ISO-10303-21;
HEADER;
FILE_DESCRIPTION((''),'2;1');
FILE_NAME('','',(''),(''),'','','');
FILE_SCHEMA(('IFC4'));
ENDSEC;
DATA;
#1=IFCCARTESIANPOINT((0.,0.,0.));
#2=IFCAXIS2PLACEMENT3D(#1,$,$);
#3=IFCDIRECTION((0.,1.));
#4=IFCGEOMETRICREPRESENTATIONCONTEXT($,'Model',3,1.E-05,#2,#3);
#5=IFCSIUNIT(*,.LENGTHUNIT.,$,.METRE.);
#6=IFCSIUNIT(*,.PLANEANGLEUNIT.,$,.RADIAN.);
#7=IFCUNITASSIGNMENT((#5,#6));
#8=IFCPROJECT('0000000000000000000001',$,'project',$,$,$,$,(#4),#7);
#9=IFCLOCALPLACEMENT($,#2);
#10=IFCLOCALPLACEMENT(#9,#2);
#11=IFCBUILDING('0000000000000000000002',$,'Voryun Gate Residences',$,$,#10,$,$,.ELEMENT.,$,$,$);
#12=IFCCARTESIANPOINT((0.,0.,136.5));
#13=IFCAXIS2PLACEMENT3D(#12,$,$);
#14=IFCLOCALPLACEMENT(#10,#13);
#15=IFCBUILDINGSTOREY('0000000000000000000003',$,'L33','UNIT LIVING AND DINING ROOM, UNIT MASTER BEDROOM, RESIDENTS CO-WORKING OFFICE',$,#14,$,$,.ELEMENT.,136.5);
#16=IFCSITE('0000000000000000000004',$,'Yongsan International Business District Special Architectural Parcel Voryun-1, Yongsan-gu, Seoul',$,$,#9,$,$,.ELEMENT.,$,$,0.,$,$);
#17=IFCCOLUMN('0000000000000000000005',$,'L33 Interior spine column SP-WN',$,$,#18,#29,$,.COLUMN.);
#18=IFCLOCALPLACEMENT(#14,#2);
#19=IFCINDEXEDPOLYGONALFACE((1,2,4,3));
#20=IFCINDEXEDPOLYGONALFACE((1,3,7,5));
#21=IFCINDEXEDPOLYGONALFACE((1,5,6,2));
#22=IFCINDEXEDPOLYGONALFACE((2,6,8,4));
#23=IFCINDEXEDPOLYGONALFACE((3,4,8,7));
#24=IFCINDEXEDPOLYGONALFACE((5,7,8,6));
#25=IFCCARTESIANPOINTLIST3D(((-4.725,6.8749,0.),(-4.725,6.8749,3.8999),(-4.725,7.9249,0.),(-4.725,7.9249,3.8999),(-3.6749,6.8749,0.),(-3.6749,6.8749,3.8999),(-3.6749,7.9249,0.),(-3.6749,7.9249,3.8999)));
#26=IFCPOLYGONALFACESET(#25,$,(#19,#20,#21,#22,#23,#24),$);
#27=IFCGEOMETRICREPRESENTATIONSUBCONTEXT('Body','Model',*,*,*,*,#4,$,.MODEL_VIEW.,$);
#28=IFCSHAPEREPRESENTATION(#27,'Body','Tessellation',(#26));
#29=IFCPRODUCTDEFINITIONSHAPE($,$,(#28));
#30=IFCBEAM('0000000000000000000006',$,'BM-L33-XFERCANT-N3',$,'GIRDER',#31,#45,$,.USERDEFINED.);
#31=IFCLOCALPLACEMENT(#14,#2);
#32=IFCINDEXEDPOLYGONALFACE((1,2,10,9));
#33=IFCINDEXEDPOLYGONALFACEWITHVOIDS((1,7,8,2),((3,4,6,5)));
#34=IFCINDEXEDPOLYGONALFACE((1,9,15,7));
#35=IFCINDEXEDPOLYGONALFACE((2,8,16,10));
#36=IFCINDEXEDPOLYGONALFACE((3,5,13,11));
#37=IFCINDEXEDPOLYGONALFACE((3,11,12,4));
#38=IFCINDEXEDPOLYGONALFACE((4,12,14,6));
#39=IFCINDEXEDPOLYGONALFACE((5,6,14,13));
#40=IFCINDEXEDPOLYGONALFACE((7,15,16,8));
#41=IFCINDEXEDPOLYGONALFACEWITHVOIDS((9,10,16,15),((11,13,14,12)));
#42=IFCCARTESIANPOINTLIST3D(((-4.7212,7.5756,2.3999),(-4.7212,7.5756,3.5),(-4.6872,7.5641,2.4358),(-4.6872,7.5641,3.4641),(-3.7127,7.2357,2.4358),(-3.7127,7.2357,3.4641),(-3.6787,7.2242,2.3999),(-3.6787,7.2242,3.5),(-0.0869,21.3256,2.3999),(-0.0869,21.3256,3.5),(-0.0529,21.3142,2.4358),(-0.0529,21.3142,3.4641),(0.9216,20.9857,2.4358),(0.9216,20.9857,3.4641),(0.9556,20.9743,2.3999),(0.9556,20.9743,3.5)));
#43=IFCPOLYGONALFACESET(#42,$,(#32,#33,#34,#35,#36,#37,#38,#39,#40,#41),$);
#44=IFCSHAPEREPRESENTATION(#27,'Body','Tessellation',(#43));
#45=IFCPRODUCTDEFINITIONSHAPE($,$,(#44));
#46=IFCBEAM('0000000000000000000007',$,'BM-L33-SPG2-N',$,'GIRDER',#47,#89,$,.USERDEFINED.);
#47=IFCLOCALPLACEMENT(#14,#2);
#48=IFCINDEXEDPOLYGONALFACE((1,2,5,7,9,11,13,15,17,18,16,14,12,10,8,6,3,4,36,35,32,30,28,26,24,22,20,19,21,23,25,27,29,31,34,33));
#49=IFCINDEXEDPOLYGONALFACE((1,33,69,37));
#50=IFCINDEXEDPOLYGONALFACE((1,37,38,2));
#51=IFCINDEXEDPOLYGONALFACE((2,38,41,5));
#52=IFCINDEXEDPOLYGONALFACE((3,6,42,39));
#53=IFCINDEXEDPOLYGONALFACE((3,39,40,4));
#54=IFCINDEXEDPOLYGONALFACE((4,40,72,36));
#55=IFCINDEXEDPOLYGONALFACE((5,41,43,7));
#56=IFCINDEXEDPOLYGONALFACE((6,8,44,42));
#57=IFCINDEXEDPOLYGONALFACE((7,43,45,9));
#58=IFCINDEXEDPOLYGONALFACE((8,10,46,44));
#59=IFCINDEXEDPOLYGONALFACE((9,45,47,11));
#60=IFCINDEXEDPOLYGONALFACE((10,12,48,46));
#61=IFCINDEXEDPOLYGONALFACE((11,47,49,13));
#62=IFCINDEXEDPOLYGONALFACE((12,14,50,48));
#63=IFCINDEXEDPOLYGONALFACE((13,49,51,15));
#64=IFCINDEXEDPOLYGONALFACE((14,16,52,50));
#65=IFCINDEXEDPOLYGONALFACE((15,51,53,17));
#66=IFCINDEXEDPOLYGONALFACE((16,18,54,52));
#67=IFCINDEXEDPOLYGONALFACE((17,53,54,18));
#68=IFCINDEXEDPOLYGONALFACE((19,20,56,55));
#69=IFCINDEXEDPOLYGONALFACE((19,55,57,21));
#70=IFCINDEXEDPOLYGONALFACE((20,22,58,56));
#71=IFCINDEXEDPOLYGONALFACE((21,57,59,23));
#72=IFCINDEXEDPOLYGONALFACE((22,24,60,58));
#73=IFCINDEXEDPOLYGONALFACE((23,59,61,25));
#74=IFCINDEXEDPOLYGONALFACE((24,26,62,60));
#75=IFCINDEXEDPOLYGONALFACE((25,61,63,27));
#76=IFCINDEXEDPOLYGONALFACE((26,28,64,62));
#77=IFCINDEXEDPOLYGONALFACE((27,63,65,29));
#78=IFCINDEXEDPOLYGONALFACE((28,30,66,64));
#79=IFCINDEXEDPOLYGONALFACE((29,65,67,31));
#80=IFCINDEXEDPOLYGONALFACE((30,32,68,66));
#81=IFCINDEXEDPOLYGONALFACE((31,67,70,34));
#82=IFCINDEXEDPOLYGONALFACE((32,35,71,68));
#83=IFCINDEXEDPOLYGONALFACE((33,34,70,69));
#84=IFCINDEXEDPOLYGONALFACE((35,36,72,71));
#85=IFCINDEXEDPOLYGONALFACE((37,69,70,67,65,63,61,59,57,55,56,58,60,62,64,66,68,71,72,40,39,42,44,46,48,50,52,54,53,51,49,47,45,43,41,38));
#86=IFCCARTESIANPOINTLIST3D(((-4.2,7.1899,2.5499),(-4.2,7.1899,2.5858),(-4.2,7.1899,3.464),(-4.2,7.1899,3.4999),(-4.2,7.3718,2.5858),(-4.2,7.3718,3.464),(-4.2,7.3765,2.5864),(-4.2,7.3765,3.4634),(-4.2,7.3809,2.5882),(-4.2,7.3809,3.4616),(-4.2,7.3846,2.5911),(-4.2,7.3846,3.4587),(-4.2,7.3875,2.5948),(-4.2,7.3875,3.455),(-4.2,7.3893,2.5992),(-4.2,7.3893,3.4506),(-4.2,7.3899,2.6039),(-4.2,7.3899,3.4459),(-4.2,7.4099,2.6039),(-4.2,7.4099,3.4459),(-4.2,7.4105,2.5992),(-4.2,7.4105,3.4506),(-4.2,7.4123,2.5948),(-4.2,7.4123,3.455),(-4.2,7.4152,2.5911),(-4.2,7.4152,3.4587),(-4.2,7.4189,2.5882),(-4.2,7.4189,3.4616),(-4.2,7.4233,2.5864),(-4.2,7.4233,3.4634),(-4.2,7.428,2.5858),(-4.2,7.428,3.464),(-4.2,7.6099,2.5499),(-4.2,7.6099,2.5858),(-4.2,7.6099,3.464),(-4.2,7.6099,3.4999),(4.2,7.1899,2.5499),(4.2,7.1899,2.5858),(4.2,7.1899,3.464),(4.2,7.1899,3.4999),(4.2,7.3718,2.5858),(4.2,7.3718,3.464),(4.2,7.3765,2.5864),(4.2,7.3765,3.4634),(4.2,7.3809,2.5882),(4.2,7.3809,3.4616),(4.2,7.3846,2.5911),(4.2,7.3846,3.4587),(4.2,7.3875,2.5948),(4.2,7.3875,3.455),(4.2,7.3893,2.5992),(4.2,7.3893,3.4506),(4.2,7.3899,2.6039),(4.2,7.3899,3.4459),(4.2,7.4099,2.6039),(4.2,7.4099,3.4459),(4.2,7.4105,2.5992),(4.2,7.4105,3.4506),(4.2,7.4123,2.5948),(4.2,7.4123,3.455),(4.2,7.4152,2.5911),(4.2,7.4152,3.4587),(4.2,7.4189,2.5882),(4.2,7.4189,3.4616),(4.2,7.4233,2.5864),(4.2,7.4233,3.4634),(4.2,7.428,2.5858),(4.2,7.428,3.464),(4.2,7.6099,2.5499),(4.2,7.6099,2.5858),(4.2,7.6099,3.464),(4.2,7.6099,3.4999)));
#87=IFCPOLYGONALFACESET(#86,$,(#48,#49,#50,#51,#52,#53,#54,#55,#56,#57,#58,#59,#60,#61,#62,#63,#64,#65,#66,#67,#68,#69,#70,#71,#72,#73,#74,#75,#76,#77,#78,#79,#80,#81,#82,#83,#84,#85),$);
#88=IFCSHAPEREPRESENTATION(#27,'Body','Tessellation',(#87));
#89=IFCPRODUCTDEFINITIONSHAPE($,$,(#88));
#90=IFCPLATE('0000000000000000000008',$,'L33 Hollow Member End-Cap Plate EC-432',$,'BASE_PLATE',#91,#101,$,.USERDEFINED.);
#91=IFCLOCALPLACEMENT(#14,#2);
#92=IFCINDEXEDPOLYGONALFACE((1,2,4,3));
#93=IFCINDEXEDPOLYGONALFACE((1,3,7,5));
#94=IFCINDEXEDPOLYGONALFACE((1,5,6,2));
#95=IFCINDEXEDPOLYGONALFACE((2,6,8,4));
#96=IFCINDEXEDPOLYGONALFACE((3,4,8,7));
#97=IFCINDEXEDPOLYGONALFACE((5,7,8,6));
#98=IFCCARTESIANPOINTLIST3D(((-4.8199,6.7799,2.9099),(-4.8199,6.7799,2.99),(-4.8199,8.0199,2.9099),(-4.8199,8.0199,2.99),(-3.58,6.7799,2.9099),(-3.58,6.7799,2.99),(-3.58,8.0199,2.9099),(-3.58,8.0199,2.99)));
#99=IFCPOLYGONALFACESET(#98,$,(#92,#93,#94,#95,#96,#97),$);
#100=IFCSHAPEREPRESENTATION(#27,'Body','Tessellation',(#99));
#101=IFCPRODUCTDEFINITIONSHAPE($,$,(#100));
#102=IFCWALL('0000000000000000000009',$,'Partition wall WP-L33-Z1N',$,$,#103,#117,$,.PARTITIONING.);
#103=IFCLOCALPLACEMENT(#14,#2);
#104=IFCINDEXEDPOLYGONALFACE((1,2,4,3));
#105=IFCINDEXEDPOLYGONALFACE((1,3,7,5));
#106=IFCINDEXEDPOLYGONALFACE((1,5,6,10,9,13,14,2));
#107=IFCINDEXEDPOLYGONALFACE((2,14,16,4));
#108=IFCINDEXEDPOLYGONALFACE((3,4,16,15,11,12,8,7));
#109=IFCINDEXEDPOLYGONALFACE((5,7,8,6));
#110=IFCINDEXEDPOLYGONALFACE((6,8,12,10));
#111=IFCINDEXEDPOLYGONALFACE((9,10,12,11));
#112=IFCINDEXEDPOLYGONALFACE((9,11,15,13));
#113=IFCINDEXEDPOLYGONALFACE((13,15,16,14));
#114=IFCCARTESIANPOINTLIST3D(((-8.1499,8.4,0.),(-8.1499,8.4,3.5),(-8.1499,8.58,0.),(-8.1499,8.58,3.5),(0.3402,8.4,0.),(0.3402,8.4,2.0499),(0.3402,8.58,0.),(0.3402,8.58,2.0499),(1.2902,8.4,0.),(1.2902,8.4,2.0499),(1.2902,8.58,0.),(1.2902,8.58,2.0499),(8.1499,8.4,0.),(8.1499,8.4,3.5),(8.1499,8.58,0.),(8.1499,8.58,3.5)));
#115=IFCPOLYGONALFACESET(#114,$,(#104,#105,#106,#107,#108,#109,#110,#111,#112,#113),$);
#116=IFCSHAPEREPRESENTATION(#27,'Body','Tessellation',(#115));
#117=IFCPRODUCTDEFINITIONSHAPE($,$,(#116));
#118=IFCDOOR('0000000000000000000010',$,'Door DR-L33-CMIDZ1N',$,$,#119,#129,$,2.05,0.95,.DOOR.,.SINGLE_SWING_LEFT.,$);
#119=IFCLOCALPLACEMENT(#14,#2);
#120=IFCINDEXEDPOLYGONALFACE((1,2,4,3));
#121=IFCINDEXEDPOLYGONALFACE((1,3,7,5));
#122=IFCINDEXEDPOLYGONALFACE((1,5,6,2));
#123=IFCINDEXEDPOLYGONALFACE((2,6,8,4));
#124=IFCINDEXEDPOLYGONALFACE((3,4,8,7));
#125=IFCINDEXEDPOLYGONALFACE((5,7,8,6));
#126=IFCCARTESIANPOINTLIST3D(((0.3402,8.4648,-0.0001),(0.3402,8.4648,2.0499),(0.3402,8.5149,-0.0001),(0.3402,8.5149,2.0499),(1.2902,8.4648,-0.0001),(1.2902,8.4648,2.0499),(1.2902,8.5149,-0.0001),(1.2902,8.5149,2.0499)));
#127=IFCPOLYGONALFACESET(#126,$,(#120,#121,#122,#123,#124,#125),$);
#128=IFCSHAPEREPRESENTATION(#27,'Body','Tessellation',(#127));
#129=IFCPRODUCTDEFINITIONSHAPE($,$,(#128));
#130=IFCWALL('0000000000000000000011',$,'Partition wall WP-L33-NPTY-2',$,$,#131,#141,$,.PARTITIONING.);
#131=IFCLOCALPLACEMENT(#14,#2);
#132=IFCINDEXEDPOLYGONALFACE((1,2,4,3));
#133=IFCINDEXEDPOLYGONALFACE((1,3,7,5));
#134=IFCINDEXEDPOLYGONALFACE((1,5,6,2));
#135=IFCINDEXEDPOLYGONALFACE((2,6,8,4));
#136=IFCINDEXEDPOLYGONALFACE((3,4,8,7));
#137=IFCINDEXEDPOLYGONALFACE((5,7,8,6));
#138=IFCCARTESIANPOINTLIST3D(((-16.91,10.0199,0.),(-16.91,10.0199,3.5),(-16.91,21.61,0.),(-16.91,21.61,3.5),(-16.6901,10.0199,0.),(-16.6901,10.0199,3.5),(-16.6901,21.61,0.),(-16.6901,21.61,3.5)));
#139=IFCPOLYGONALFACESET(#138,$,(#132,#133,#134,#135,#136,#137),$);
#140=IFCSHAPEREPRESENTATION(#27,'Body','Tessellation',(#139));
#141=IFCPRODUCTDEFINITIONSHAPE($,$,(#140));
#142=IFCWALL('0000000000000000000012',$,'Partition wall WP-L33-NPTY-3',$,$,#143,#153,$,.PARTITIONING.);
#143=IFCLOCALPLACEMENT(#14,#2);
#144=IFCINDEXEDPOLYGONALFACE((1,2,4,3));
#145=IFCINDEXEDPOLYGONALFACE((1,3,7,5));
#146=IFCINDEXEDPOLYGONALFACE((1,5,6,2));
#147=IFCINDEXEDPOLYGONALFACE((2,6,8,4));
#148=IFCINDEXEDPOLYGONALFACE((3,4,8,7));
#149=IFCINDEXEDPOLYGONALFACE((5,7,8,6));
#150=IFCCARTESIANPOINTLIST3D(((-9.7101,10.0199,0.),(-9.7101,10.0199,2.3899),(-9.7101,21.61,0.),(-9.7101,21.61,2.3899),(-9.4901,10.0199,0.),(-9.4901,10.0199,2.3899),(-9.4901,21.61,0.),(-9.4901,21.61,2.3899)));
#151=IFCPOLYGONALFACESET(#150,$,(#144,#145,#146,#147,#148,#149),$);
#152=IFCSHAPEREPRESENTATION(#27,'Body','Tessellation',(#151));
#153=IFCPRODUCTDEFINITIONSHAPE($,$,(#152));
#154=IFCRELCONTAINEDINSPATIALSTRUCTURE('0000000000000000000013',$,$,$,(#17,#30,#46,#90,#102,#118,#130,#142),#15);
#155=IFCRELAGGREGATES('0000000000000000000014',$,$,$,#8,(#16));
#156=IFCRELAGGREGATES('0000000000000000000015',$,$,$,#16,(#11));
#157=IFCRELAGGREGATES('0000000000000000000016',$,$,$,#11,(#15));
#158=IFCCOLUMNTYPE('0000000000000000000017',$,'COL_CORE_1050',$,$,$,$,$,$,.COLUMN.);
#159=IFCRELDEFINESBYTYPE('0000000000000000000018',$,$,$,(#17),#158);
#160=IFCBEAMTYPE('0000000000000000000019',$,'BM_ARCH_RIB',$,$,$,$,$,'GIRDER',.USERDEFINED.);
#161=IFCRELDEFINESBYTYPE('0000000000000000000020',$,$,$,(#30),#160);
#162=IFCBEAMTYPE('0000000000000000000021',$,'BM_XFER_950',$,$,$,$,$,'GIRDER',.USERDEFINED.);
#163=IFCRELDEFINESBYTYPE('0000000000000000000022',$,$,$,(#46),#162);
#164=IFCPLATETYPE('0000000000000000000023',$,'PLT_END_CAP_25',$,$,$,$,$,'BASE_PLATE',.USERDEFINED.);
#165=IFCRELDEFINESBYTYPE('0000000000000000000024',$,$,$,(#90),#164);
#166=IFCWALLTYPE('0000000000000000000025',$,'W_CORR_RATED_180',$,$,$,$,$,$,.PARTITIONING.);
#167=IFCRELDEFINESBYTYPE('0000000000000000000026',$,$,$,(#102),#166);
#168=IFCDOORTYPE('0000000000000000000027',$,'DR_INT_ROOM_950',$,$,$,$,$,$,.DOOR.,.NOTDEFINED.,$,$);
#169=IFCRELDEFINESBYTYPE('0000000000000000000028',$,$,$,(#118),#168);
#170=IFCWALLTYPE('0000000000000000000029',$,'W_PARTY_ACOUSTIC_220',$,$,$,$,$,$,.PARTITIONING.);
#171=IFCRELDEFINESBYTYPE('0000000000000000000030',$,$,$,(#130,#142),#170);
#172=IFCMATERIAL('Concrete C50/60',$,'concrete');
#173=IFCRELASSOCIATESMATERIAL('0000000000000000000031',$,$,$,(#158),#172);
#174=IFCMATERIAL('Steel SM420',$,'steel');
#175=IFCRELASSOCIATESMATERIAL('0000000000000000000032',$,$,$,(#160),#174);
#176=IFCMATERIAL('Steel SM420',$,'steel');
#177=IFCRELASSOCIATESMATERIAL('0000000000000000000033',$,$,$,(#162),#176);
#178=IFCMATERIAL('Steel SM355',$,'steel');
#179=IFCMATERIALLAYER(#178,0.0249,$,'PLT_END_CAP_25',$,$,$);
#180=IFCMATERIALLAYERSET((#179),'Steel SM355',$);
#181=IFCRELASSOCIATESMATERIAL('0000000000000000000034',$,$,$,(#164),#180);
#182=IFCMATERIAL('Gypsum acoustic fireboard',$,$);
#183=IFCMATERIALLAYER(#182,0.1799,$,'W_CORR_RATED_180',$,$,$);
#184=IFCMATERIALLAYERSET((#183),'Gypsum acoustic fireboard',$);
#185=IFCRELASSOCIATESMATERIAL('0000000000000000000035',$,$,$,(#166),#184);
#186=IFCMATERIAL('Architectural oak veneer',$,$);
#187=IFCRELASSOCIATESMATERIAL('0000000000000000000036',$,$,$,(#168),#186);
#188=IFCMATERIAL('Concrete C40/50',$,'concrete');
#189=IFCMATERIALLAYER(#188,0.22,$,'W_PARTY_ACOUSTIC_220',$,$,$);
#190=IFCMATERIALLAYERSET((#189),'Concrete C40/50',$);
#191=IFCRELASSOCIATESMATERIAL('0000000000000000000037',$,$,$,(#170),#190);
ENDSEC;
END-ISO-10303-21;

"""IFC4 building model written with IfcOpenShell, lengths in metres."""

from ifc_helpers import new_model, si_unit, direction, frame, frame_2d, origin, origin_2d, place, context, subcontext, project, spatial, rectangle, hollow_rectangle, i_section, extrude, material, layer, layer_set, material_profile, profile_set, type_object, element, fill, save


model = new_model("IFC4")

# Units and contexts
model_context = context("Model", 3, precision=1e-05, world=origin(), true_north=direction((0.0, 1.0)))
body_context = subcontext(model_context, "Body", "Model", "MODEL_VIEW")
ifc_project = project(units=[si_unit("LENGTHUNIT", "METRE"), si_unit("PLANEANGLEUNIT", "RADIAN")], contexts=[model_context])

# Site, building, storey
site_placement = place(None, origin())
site = spatial("IfcSite", under=ifc_project, at=site_placement, Name="Yongsan International Business District Special Architectural Parcel Voryun-1, Yongsan-gu, Seoul", CompositionType="ELEMENT", RefElevation=0.0)
building_placement = place(site_placement, origin())
building = spatial("IfcBuilding", under=site, at=building_placement, Name="Voryun Gate Residences", CompositionType="ELEMENT")
storey_placement = place(building_placement, frame((0.0, 0.0, 136.5)))
storey = spatial("IfcBuildingStorey", under=building, at=storey_placement, Name="L33", Description="UNIT LIVING AND DINING ROOM, UNIT MASTER BEDROOM, RESIDENTS CO-WORKING OFFICE", CompositionType="ELEMENT", Elevation=136.5)

# Column
ifc_material_1 = material(Name="Concrete C50/60", Category="concrete")
ifc_material_profile_1 = material_profile(ifc_material_1, rectangle(XDim=1.05, YDim=1.05, at=origin_2d()), Name="RC-1050x1050")
ifc_profile_set_1 = profile_set([ifc_material_profile_1], Name="Concrete C50/60")
column_type = type_object("IfcColumnType", Name="COL_CORE_1050", PredefinedType="COLUMN", material=ifc_profile_set_1)
column_placement = place(storey_placement, frame((-4.2, 7.3999, 0.0), z_axis=(0.0, 0.0, 1.0), x_axis=(1.0, 0.0, 0.0)))
element("IfcColumn", 1, at=column_placement, inside=storey, type_object=column_type, Name="L33 Interior spine column SP-WN", PredefinedType="COLUMN", context=body_context, shape_type="SweptSolid", body=[
    extrude(rectangle(XDim=1.05, YDim=1.05, at=origin_2d()), origin(), (0.0, 0.0, 1.0), 3.8999),
])

# Beams
ifc_material_2 = material(Name="Steel SM420", Category="steel")
ifc_material_profile_2 = material_profile(ifc_material_2, hollow_rectangle(XDim=1.1001, YDim=1.1001, WallThickness=0.0359, at=origin_2d()), Name="BOX-1100x1100x36")
ifc_profile_set_2 = profile_set([ifc_material_profile_2], Name="Steel SM420")
beam_type_1 = type_object("IfcBeamType", Name="BM_ARCH_RIB", ElementType="GIRDER", PredefinedType="USERDEFINED", material=ifc_profile_set_2)
beam_1_placement = place(storey_placement, frame((-4.2, 7.3999, 2.95), z_axis=(0.319386, 0.947625, 0.0), x_axis=(-0.947625, 0.319386, 0.0)))
element("IfcBeam", 2, at=beam_1_placement, inside=storey, type_object=beam_type_1, Name="BM-L33-XFERCANT-N3", ObjectType="GIRDER", PredefinedType="USERDEFINED", context=body_context, shape_type="SweptSolid", body=[
    extrude(hollow_rectangle(XDim=1.1001, YDim=1.1001, WallThickness=0.0359, at=origin_2d()), origin(), (0.0, 0.0, 1.0), 14.51),
])
ifc_material_3 = material(Name="Steel SM420", Category="steel")
ifc_material_profile_3 = material_profile(ifc_material_3, i_section(OverallWidth=0.4199, OverallDepth=0.95, WebThickness=0.02, FlangeThickness=0.0359, FilletRadius=0.0181, at=origin_2d()), Name="H-950x420x20x36")
ifc_profile_set_3 = profile_set([ifc_material_profile_3], Name="Steel SM420")
beam_type_2 = type_object("IfcBeamType", Name="BM_XFER_950", ElementType="GIRDER", PredefinedType="USERDEFINED", material=ifc_profile_set_3)
beam_2_placement = place(storey_placement, frame((-4.2, 7.3999, 3.0249), z_axis=(1.0, 0.0, 0.0), x_axis=(0.0, 1.0, 0.0)))
element("IfcBeam", 3, at=beam_2_placement, inside=storey, type_object=beam_type_2, Name="BM-L33-SPG2-N", ObjectType="GIRDER", PredefinedType="USERDEFINED", context=body_context, shape_type="SweptSolid", body=[
    extrude(i_section(OverallWidth=0.4199, OverallDepth=0.95, WebThickness=0.02, FlangeThickness=0.0359, FilletRadius=0.0181, at=origin_2d()), origin(), (0.0, 0.0, 1.0), 8.3999),
])

# Plate
ifc_material_4 = material(Name="Steel SM355", Category="steel")
ifc_layer_1 = layer(ifc_material_4, 0.0249, Name="PLT_END_CAP_25")
ifc_layer_set_1 = layer_set([ifc_layer_1], Name="Steel SM355")
plate_type = type_object("IfcPlateType", Name="PLT_END_CAP_25", ElementType="BASE_PLATE", PredefinedType="USERDEFINED", material=ifc_layer_set_1)
plate_placement = place(storey_placement, frame((-4.2, 7.3999, 2.9099), z_axis=(0.0, 0.0, 1.0), x_axis=(1.0, 0.0, 0.0)))
element("IfcPlate", 4, at=plate_placement, inside=storey, type_object=plate_type, Name="L33 Hollow Member End-Cap Plate EC-432", ObjectType="BASE_PLATE", PredefinedType="USERDEFINED", context=body_context, shape_type="SweptSolid", body=[
    extrude(rectangle(XDim=1.24, YDim=1.24, at=origin_2d()), origin(), (0.0, 0.0, 1.0), 0.0801),
])

# Wall, opening, door
ifc_material_5 = material(Name="Gypsum acoustic fireboard")
ifc_layer_2 = layer(ifc_material_5, 0.1799, Name="W_CORR_RATED_180")
ifc_layer_set_2 = layer_set([ifc_layer_2], Name="Gypsum acoustic fireboard")
wall_type_1 = type_object("IfcWallType", Name="W_CORR_RATED_180", PredefinedType="PARTITIONING", material=ifc_layer_set_2)
wall_1_placement = place(storey_placement, frame((-8.1499, 8.49, 0.0), z_axis=(0.0, 0.0, 1.0), x_axis=(1.0, 0.0, 0.0)))
wall_1 = element("IfcWall", 5, at=wall_1_placement, inside=storey, type_object=wall_type_1, Name="Partition wall WP-L33-Z1N", PredefinedType="PARTITIONING", context=body_context, shape_type="SweptSolid", body=[
    extrude(rectangle(XDim=16.2998, YDim=0.1799, at=frame_2d((8.1499, 0.0))), origin(), (0.0, 0.0, 1.0), 3.5),
])
opening_1_placement = place(wall_1_placement, frame((8.49, 0.0, 0.0)))
opening_1 = element("IfcOpeningElement", 6, at=opening_1_placement, cuts=wall_1, PredefinedType="OPENING", context=body_context, shape_type="SweptSolid", body=[
    extrude(rectangle(XDim=0.95, YDim=2.05, at=frame_2d((0.4751, 1.0249))), frame((0.0, 0.0999, 0.0), z_axis=(0.0, -1.0, 0.0), x_axis=(1.0, 0.0, 0.0)), (0.0, 0.0, 1.0), 0.2),
])
ifc_material_6 = material(Name="Architectural oak veneer")
door_type_1 = type_object("IfcDoorType", Name="DR_INT_ROOM_950", OperationType="NOTDEFINED", PredefinedType="DOOR", material=ifc_material_6)
door_1_placement = place(opening_1_placement, origin())
door_1 = element("IfcDoor", 7, at=door_1_placement, inside=storey, type_object=door_type_1, Name="Door DR-L33-CMIDZ1N", OperationType="SINGLE_SWING_LEFT", OverallHeight=2.05, OverallWidth=0.95, PredefinedType="DOOR", context=body_context, shape_type="SweptSolid", body=[
    extrude(rectangle(XDim=0.95, YDim=2.05, at=frame_2d((0.4751, 1.0249))), frame((0.0, 0.0249, 0.0), z_axis=(0.0, -1.0, 0.0), x_axis=(1.0, 0.0, 0.0)), (0.0, 0.0, 1.0), 0.05),
])
fill(opening_1, door_1)

# Walls
ifc_material_7 = material(Name="Concrete C40/50", Category="concrete")
ifc_layer_3 = layer(ifc_material_7, 0.22, Name="W_PARTY_ACOUSTIC_220")
ifc_layer_set_3 = layer_set([ifc_layer_3], Name="Concrete C40/50")
wall_type_2 = type_object("IfcWallType", Name="W_PARTY_ACOUSTIC_220", PredefinedType="PARTITIONING", material=ifc_layer_set_3)
wall_2_placement = place(storey_placement, frame((-16.8, 10.02, 0.0), z_axis=(0.0, 0.0, 1.0), x_axis=(0.0, 1.0, 0.0)))
element("IfcWall", 8, at=wall_2_placement, inside=storey, type_object=wall_type_2, Name="Partition wall WP-L33-NPTY-2", PredefinedType="PARTITIONING", context=body_context, shape_type="SweptSolid", body=[
    extrude(rectangle(XDim=11.5901, YDim=0.22, at=frame_2d((5.7949, 0.0))), origin(), (0.0, 0.0, 1.0), 3.5),
])
wall_3_placement = place(storey_placement, frame((-9.6001, 10.02, 0.0), z_axis=(0.0, 0.0, 1.0), x_axis=(0.0, 1.0, 0.0)))
element("IfcWall", 9, at=wall_3_placement, inside=storey, type_object=wall_type_2, Name="Partition wall WP-L33-NPTY-3", PredefinedType="PARTITIONING", context=body_context, shape_type="SweptSolid", body=[
    extrude(rectangle(XDim=11.5901, YDim=0.22, at=frame_2d((5.7949, 0.0))), origin(), (0.0, 0.0, 1.0), 2.3899),
])

save(model, "model.ifc")
